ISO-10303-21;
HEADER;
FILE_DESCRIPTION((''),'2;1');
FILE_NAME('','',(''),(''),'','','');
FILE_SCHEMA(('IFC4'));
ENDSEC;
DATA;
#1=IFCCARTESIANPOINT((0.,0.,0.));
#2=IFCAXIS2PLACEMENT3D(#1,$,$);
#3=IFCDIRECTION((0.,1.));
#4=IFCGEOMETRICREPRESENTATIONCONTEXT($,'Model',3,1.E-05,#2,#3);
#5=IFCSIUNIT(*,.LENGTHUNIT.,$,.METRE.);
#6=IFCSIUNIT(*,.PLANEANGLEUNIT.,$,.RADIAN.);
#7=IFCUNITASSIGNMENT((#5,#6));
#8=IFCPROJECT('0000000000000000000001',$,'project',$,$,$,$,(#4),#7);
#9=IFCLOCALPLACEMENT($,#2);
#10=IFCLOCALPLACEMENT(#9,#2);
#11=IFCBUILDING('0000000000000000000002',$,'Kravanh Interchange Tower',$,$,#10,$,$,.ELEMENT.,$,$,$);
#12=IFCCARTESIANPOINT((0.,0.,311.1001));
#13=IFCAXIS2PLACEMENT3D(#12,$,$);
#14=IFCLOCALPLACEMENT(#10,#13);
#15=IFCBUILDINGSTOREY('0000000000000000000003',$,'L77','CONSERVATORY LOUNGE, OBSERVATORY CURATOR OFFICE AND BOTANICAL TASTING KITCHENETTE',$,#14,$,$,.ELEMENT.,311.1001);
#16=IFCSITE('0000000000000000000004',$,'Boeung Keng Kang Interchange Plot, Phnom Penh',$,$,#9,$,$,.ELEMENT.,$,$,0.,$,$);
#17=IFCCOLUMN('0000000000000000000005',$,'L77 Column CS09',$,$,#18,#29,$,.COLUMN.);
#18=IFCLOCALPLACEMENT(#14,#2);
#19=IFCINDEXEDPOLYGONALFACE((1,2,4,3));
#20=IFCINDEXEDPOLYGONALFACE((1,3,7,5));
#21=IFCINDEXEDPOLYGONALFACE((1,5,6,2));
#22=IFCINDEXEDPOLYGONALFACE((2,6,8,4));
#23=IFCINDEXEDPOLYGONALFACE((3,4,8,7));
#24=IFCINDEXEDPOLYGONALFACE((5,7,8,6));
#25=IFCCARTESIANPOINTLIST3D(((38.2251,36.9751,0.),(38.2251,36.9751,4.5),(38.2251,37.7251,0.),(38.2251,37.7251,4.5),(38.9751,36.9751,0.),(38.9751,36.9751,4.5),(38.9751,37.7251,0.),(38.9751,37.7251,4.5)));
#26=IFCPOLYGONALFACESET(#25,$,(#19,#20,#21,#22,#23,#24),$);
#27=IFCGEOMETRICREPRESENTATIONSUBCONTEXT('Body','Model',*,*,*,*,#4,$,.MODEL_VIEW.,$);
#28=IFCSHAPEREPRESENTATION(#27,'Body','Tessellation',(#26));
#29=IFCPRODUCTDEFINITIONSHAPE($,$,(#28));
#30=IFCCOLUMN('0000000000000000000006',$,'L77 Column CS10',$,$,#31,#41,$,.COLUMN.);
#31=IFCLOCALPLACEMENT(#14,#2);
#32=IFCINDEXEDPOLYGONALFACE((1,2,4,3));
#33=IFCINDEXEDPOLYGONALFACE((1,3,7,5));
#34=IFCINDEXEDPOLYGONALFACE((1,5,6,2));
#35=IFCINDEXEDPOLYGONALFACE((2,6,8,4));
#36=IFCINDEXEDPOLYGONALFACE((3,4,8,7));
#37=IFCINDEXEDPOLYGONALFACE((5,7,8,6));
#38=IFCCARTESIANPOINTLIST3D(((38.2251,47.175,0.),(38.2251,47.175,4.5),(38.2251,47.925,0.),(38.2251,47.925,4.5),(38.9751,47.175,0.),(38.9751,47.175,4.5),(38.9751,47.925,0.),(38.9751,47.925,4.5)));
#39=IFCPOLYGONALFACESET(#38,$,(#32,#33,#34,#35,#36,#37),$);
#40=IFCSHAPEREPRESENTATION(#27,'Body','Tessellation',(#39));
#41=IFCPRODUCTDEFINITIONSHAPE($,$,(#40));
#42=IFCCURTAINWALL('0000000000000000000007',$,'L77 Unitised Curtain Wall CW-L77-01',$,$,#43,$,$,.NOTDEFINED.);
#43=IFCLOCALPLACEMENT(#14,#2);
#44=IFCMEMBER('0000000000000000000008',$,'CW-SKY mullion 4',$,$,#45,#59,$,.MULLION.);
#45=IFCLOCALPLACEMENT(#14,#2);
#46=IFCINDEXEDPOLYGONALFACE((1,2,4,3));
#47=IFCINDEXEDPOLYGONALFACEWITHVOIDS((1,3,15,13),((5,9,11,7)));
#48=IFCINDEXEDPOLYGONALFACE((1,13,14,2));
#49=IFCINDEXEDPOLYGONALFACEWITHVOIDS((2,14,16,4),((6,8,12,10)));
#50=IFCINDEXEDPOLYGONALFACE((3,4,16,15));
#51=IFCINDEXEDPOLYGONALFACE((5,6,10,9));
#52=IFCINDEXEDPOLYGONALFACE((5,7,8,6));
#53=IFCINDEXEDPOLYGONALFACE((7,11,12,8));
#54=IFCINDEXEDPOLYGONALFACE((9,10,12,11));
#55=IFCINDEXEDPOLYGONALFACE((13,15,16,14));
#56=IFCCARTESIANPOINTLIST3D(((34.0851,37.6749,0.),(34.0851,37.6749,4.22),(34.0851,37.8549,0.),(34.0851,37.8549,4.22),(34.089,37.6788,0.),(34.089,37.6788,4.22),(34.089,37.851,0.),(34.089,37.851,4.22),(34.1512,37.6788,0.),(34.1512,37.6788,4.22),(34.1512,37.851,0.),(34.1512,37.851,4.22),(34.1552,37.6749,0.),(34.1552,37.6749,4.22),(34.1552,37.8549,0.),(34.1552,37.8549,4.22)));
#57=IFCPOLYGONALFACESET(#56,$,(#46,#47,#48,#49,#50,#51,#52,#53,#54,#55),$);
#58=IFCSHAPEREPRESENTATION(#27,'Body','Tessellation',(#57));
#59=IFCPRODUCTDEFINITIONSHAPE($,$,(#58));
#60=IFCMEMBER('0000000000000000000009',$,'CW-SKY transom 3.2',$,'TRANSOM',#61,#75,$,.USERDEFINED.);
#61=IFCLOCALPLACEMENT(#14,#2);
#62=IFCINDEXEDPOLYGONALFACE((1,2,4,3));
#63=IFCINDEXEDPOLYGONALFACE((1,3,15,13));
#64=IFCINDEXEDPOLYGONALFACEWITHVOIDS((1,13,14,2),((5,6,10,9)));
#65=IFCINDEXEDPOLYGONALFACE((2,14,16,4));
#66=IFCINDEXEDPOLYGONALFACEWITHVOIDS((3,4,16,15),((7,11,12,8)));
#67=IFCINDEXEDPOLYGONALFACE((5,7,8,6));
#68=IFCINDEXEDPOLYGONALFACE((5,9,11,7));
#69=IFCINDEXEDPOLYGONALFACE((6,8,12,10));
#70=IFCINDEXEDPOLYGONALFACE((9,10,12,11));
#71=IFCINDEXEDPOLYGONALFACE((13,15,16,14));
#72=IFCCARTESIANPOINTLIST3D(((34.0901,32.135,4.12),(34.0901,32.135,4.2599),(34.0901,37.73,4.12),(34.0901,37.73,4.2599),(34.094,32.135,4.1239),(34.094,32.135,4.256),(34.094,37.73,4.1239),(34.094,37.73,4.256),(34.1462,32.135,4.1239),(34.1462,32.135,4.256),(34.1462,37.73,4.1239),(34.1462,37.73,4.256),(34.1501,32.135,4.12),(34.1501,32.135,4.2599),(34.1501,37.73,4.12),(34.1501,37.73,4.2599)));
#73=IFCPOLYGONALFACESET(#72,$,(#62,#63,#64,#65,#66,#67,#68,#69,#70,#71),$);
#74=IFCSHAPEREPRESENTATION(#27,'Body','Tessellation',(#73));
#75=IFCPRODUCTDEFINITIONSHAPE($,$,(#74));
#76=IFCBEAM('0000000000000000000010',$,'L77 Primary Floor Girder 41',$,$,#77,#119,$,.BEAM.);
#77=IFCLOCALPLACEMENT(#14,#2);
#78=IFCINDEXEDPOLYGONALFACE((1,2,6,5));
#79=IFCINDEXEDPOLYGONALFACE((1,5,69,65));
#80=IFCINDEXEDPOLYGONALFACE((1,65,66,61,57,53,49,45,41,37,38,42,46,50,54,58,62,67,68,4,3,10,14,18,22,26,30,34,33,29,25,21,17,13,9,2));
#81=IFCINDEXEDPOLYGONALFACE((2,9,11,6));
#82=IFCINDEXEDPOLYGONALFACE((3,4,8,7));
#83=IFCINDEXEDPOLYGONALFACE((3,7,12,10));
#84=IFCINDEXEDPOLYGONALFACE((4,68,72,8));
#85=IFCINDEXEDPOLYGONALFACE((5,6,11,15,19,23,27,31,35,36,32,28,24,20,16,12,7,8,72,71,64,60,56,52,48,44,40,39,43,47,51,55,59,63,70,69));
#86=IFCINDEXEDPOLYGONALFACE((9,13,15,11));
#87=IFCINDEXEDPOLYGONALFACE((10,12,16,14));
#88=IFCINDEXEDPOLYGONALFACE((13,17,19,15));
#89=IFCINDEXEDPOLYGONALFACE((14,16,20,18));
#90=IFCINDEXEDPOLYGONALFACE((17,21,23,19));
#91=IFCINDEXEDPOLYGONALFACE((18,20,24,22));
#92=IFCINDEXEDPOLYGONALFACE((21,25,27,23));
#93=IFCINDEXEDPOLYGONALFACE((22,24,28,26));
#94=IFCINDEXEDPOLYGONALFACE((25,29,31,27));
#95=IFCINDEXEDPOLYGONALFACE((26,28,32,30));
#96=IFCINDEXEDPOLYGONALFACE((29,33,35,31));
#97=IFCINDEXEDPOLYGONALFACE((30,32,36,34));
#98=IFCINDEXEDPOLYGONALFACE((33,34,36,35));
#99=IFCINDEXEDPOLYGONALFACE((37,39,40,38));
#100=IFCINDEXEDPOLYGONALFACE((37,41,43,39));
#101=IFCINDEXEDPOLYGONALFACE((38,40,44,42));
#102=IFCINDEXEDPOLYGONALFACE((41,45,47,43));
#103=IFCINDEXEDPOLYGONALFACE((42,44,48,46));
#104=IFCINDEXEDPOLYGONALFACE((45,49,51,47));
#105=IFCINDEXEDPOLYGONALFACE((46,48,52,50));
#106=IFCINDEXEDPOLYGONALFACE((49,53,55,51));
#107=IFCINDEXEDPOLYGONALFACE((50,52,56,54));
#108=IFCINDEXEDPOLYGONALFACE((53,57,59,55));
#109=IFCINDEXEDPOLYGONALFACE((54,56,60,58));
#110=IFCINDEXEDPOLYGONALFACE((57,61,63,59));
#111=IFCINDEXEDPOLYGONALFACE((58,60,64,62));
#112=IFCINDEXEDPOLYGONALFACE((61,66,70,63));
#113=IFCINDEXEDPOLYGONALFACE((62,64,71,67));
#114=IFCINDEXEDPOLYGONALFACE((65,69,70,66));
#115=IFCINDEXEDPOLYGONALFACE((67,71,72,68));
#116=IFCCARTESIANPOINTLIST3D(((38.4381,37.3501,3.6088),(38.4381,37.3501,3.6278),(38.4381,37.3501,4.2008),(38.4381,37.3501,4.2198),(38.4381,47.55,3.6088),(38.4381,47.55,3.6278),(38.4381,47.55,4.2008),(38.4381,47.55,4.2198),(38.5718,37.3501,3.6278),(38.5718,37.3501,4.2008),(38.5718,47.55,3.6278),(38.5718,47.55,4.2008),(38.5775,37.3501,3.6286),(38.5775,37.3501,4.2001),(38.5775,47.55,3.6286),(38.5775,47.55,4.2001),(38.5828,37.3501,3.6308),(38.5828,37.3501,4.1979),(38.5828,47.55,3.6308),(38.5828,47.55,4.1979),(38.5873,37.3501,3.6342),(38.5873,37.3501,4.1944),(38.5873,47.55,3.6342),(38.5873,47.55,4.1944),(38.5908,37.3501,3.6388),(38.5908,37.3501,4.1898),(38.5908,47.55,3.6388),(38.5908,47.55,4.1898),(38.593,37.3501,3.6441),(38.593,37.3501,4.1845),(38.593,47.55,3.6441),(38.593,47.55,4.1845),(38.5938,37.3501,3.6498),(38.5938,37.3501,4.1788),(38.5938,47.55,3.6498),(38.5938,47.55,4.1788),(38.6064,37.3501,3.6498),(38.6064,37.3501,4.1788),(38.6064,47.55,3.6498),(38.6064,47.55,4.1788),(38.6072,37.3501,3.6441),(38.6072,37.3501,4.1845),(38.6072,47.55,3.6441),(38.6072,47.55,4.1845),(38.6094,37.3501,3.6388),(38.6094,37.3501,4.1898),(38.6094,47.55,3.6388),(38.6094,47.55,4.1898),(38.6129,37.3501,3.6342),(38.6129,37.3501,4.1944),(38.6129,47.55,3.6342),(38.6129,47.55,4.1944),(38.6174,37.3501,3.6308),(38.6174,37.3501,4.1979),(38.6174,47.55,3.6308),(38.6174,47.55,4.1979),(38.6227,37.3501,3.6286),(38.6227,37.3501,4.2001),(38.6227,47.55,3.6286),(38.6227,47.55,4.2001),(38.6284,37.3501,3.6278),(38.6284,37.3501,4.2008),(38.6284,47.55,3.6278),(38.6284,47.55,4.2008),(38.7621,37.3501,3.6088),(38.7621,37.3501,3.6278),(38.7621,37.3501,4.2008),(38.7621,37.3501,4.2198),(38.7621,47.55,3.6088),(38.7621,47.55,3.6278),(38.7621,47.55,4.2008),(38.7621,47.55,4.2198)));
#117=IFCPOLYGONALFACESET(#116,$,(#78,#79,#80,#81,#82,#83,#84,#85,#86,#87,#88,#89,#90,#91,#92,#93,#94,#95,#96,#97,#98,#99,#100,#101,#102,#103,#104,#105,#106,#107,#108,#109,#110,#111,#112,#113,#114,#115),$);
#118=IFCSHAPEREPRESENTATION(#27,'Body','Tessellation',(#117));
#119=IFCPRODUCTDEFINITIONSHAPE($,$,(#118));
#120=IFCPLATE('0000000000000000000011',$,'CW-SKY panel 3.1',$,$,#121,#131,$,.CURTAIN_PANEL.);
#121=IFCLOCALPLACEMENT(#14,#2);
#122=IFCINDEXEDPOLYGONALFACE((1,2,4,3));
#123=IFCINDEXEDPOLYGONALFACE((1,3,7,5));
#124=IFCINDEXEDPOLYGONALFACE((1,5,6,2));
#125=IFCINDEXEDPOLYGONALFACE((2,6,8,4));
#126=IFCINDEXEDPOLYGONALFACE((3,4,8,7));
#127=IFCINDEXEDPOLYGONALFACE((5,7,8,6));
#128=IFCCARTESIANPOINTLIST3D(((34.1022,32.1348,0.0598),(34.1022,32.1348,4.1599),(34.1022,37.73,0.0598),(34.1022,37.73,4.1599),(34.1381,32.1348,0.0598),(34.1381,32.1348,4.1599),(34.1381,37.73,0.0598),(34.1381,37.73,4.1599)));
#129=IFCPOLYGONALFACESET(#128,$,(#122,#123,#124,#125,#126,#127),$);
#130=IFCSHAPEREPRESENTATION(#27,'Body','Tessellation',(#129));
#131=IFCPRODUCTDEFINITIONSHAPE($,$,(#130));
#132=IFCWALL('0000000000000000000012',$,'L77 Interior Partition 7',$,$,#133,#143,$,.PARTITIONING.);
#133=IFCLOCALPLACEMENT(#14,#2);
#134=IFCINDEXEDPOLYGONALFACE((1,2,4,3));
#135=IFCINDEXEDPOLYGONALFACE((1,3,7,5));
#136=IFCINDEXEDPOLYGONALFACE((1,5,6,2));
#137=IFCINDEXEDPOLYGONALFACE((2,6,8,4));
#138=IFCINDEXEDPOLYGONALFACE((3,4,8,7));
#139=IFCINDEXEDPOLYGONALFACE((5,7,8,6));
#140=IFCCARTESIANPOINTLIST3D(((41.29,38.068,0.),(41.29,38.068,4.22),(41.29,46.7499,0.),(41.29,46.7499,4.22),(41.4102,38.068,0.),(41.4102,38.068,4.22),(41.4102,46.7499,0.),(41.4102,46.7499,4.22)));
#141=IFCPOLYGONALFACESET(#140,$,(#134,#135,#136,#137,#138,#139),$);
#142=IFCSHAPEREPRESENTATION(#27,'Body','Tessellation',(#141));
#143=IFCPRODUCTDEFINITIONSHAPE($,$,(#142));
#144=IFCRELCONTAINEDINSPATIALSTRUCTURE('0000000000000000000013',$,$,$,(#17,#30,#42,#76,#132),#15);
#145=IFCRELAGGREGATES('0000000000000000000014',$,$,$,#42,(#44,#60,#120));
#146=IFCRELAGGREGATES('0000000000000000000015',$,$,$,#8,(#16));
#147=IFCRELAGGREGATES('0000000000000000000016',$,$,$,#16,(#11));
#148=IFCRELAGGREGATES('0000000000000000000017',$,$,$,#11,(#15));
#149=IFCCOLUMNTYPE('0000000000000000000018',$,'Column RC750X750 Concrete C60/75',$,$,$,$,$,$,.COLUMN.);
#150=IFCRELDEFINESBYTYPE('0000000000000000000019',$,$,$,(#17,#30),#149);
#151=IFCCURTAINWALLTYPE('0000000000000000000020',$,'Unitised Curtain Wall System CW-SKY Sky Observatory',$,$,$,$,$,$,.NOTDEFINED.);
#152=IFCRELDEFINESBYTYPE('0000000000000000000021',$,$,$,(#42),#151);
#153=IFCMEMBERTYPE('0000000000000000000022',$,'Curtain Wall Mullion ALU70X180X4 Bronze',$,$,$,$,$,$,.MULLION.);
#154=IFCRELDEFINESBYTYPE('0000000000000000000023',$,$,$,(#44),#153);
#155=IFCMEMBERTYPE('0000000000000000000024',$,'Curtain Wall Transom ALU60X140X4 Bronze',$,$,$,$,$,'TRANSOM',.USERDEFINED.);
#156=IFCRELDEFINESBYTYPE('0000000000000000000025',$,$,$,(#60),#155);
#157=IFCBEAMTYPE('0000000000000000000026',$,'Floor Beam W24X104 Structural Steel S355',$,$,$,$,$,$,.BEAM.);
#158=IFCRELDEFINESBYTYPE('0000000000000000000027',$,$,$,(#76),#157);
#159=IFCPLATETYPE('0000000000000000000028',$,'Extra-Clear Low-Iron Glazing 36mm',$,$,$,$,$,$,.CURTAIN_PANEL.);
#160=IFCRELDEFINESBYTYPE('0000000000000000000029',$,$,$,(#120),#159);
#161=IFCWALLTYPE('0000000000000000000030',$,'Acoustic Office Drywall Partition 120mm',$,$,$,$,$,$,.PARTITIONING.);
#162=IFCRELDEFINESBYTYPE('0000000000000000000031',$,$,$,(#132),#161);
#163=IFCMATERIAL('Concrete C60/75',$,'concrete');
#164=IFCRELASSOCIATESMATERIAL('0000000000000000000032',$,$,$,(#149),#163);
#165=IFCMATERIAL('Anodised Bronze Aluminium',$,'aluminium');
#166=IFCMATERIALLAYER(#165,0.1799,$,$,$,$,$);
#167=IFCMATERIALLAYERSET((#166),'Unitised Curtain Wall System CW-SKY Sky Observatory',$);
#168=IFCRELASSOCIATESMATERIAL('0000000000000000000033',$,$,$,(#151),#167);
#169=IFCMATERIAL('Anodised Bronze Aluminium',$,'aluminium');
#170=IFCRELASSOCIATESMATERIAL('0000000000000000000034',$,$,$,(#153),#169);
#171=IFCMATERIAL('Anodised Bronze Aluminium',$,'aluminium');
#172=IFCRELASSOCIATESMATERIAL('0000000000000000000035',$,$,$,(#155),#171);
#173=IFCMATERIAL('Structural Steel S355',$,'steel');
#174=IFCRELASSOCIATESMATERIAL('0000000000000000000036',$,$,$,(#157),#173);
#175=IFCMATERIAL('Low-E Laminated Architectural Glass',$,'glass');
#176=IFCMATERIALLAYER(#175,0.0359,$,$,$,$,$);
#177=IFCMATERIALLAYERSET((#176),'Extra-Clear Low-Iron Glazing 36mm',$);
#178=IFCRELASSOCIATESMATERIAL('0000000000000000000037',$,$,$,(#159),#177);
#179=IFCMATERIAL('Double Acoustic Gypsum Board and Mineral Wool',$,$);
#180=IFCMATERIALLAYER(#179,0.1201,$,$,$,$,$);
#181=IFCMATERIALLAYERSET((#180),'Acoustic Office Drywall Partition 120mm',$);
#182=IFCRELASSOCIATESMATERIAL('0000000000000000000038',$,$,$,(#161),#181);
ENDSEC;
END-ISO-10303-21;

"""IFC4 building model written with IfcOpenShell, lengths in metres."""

from ifc_helpers import new_model, si_unit, direction, frame, frame_2d, origin, origin_2d, place, context, subcontext, project, spatial, rectangle, hollow_rectangle, i_section, extrude, material, layer, layer_set, material_profile, profile_set, type_object, element, aggregate, save


model = new_model("IFC4")

# Units and contexts
model_context = context("Model", 3, precision=1e-05, world=origin(), true_north=direction((0.0, 1.0)))
body_context = subcontext(model_context, "Body", "Model", "MODEL_VIEW")
ifc_project = project(units=[si_unit("LENGTHUNIT", "METRE"), si_unit("PLANEANGLEUNIT", "RADIAN")], contexts=[model_context])

# Site, building, storey
site_placement = place(None, origin())
site = spatial("IfcSite", under=ifc_project, at=site_placement, Name="Boeung Keng Kang Interchange Plot, Phnom Penh", CompositionType="ELEMENT", RefElevation=0.0)
building_placement = place(site_placement, origin())
building = spatial("IfcBuilding", under=site, at=building_placement, Name="Kravanh Interchange Tower", CompositionType="ELEMENT")
storey_placement = place(building_placement, frame((0.0, 0.0, 311.1001)))
storey = spatial("IfcBuildingStorey", under=building, at=storey_placement, Name="L77", Description="CONSERVATORY LOUNGE, OBSERVATORY CURATOR OFFICE AND BOTANICAL TASTING KITCHENETTE", CompositionType="ELEMENT", Elevation=311.1001)

# Columns
ifc_material_1 = material(Name="Concrete C60/75", Category="concrete")
ifc_material_profile_1 = material_profile(ifc_material_1, rectangle(XDim=0.75, YDim=0.75, at=origin_2d()), Name="RC750X750")
ifc_profile_set_1 = profile_set([ifc_material_profile_1], Name="Concrete C60/75")
column_type = type_object("IfcColumnType", Name="Column RC750X750 Concrete C60/75", PredefinedType="COLUMN", material=ifc_profile_set_1)
for number, where, z_axis, x_axis, name in (
    (1, (38.6001, 37.3501, 0.0), (0.0, 0.0, 1.0), (1.0, 0.0, 0.0), "L77 Column CS09"),
    (2, (38.6001, 47.55, 0.0), (0.0, 0.0, 1.0), (1.0, 0.0, 0.0), "L77 Column CS10"),
):
    element("IfcColumn", number, at=place(storey_placement, frame(where, z_axis=z_axis, x_axis=x_axis)), inside=storey, type_object=column_type, Name=name, PredefinedType="COLUMN", context=body_context, shape_type="SweptSolid", body=[
        extrude(rectangle(XDim=0.75, YDim=0.75, at=origin_2d()), origin(), (0.0, 0.0, 1.0), 4.5),
    ])

# Curtain wall, members
ifc_material_2 = material(Name="Anodised Bronze Aluminium", Category="aluminium")
ifc_layer_1 = layer(ifc_material_2, 0.1799)
ifc_layer_set_1 = layer_set([ifc_layer_1], Name="Unitised Curtain Wall System CW-SKY Sky Observatory")
curtain_wall_type = type_object("IfcCurtainWallType", Name="Unitised Curtain Wall System CW-SKY Sky Observatory", PredefinedType="NOTDEFINED", material=ifc_layer_set_1)
curtain_wall_placement = place(storey_placement, origin())
curtain_wall = element("IfcCurtainWall", 3, at=curtain_wall_placement, inside=storey, type_object=curtain_wall_type, Name="L77 Unitised Curtain Wall CW-L77-01", PredefinedType="NOTDEFINED")
ifc_material_3 = material(Name="Anodised Bronze Aluminium", Category="aluminium")
ifc_material_profile_2 = material_profile(ifc_material_3, hollow_rectangle(XDim=0.0701, YDim=0.1799, WallThickness=0.0039, at=origin_2d()), Name="ALU70X180X4")
ifc_profile_set_2 = profile_set([ifc_material_profile_2], Name="Anodised Bronze Aluminium")
member_type_1 = type_object("IfcMemberType", Name="Curtain Wall Mullion ALU70X180X4 Bronze", PredefinedType="MULLION", material=ifc_profile_set_2)
member_1_placement = place(storey_placement, frame((34.1201, 37.7649, 0.0), z_axis=(0.0, 0.0, 1.0), x_axis=(-1.0, 0.0, 0.0)))
member_1 = element("IfcMember", 4, at=member_1_placement, type_object=member_type_1, Name="CW-SKY mullion 4", PredefinedType="MULLION", context=body_context, shape_type="SweptSolid", body=[
    extrude(hollow_rectangle(XDim=0.0701, YDim=0.1799, WallThickness=0.0039, at=origin_2d()), origin(), (0.0, 0.0, 1.0), 4.22),
])
ifc_material_4 = material(Name="Anodised Bronze Aluminium", Category="aluminium")
ifc_material_profile_3 = material_profile(ifc_material_4, hollow_rectangle(XDim=0.0601, YDim=0.1399, WallThickness=0.0039, at=origin_2d()), Name="ALU60X140X4")
ifc_profile_set_3 = profile_set([ifc_material_profile_3], Name="Anodised Bronze Aluminium")
member_type_2 = type_object("IfcMemberType", Name="Curtain Wall Transom ALU60X140X4 Bronze", ElementType="TRANSOM", PredefinedType="USERDEFINED", material=ifc_profile_set_3)
member_2_placement = place(storey_placement, frame((34.1201, 32.135, 4.1899), z_axis=(0.0, 1.0, 0.0), x_axis=(-1.0, 0.0, 0.0)))
member_2 = element("IfcMember", 5, at=member_2_placement, type_object=member_type_2, Name="CW-SKY transom 3.2", ObjectType="TRANSOM", PredefinedType="USERDEFINED", context=body_context, shape_type="SweptSolid", body=[
    extrude(hollow_rectangle(XDim=0.0601, YDim=0.1399, WallThickness=0.0039, at=origin_2d()), origin(), (0.0, 0.0, 1.0), 5.595),
])

# Beam
ifc_material_5 = material(Name="Structural Steel S355", Category="steel")
ifc_material_profile_4 = material_profile(ifc_material_5, i_section(OverallWidth=0.324, OverallDepth=0.6111, WebThickness=0.0127, FlangeThickness=0.019, FilletRadius=0.022, at=origin_2d()), Name="W24X104")
ifc_profile_set_4 = profile_set([ifc_material_profile_4], Name="Structural Steel S355")
beam_type = type_object("IfcBeamType", Name="Floor Beam W24X104 Structural Steel S355", PredefinedType="BEAM", material=ifc_profile_set_4)
beam_placement = place(storey_placement, frame((38.6001, 37.3501, 3.9143), z_axis=(0.0, 1.0, 0.0), x_axis=(-1.0, 0.0, 0.0)))
element("IfcBeam", 6, at=beam_placement, inside=storey, type_object=beam_type, Name="L77 Primary Floor Girder 41", PredefinedType="BEAM", context=body_context, shape_type="SweptSolid", body=[
    extrude(i_section(OverallWidth=0.324, OverallDepth=0.6111, WebThickness=0.0127, FlangeThickness=0.019, FilletRadius=0.022, at=origin_2d()), origin(), (0.0, 0.0, 1.0), 10.2),
])

# Plate
ifc_material_6 = material(Name="Low-E Laminated Architectural Glass", Category="glass")
ifc_layer_2 = layer(ifc_material_6, 0.0359)
ifc_layer_set_2 = layer_set([ifc_layer_2], Name="Extra-Clear Low-Iron Glazing 36mm")
plate_type = type_object("IfcPlateType", Name="Extra-Clear Low-Iron Glazing 36mm", PredefinedType="CURTAIN_PANEL", material=ifc_layer_set_2)
plate_placement = place(storey_placement, frame((34.1201, 34.9324, 0.0598), z_axis=(0.0, 0.0, 1.0), x_axis=(0.0, 1.0, 0.0)))
plate = element("IfcPlate", 7, at=plate_placement, type_object=plate_type, Name="CW-SKY panel 3.1", PredefinedType="CURTAIN_PANEL", context=body_context, shape_type="SweptSolid", body=[
    extrude(rectangle(XDim=5.5952, YDim=0.0359, at=origin_2d()), origin(), (0.0, 0.0, 1.0), 4.1001),
])
aggregate(curtain_wall, [member_1, member_2, plate])

# Wall
ifc_material_7 = material(Name="Double Acoustic Gypsum Board and Mineral Wool")
ifc_layer_3 = layer(ifc_material_7, 0.1201)
ifc_layer_set_3 = layer_set([ifc_layer_3], Name="Acoustic Office Drywall Partition 120mm")
wall_type_1 = type_object("IfcWallType", Name="Acoustic Office Drywall Partition 120mm", PredefinedType="PARTITIONING", material=ifc_layer_set_3)
wall_1_placement = place(storey_placement, frame((41.3501, 38.0681, 0.0), z_axis=(0.0, 0.0, 1.0), x_axis=(0.0, 1.0, 0.0)))
element("IfcWall", 8, at=wall_1_placement, inside=storey, type_object=wall_type_1, Name="L77 Interior Partition 7", PredefinedType="PARTITIONING", context=body_context, shape_type="SweptSolid", body=[
    extrude(rectangle(XDim=8.6819, YDim=0.1201, at=frame_2d((4.3408, 0.0))), origin(), (0.0, 0.0, 1.0), 4.22),
])

save(model, "model.ifc")
